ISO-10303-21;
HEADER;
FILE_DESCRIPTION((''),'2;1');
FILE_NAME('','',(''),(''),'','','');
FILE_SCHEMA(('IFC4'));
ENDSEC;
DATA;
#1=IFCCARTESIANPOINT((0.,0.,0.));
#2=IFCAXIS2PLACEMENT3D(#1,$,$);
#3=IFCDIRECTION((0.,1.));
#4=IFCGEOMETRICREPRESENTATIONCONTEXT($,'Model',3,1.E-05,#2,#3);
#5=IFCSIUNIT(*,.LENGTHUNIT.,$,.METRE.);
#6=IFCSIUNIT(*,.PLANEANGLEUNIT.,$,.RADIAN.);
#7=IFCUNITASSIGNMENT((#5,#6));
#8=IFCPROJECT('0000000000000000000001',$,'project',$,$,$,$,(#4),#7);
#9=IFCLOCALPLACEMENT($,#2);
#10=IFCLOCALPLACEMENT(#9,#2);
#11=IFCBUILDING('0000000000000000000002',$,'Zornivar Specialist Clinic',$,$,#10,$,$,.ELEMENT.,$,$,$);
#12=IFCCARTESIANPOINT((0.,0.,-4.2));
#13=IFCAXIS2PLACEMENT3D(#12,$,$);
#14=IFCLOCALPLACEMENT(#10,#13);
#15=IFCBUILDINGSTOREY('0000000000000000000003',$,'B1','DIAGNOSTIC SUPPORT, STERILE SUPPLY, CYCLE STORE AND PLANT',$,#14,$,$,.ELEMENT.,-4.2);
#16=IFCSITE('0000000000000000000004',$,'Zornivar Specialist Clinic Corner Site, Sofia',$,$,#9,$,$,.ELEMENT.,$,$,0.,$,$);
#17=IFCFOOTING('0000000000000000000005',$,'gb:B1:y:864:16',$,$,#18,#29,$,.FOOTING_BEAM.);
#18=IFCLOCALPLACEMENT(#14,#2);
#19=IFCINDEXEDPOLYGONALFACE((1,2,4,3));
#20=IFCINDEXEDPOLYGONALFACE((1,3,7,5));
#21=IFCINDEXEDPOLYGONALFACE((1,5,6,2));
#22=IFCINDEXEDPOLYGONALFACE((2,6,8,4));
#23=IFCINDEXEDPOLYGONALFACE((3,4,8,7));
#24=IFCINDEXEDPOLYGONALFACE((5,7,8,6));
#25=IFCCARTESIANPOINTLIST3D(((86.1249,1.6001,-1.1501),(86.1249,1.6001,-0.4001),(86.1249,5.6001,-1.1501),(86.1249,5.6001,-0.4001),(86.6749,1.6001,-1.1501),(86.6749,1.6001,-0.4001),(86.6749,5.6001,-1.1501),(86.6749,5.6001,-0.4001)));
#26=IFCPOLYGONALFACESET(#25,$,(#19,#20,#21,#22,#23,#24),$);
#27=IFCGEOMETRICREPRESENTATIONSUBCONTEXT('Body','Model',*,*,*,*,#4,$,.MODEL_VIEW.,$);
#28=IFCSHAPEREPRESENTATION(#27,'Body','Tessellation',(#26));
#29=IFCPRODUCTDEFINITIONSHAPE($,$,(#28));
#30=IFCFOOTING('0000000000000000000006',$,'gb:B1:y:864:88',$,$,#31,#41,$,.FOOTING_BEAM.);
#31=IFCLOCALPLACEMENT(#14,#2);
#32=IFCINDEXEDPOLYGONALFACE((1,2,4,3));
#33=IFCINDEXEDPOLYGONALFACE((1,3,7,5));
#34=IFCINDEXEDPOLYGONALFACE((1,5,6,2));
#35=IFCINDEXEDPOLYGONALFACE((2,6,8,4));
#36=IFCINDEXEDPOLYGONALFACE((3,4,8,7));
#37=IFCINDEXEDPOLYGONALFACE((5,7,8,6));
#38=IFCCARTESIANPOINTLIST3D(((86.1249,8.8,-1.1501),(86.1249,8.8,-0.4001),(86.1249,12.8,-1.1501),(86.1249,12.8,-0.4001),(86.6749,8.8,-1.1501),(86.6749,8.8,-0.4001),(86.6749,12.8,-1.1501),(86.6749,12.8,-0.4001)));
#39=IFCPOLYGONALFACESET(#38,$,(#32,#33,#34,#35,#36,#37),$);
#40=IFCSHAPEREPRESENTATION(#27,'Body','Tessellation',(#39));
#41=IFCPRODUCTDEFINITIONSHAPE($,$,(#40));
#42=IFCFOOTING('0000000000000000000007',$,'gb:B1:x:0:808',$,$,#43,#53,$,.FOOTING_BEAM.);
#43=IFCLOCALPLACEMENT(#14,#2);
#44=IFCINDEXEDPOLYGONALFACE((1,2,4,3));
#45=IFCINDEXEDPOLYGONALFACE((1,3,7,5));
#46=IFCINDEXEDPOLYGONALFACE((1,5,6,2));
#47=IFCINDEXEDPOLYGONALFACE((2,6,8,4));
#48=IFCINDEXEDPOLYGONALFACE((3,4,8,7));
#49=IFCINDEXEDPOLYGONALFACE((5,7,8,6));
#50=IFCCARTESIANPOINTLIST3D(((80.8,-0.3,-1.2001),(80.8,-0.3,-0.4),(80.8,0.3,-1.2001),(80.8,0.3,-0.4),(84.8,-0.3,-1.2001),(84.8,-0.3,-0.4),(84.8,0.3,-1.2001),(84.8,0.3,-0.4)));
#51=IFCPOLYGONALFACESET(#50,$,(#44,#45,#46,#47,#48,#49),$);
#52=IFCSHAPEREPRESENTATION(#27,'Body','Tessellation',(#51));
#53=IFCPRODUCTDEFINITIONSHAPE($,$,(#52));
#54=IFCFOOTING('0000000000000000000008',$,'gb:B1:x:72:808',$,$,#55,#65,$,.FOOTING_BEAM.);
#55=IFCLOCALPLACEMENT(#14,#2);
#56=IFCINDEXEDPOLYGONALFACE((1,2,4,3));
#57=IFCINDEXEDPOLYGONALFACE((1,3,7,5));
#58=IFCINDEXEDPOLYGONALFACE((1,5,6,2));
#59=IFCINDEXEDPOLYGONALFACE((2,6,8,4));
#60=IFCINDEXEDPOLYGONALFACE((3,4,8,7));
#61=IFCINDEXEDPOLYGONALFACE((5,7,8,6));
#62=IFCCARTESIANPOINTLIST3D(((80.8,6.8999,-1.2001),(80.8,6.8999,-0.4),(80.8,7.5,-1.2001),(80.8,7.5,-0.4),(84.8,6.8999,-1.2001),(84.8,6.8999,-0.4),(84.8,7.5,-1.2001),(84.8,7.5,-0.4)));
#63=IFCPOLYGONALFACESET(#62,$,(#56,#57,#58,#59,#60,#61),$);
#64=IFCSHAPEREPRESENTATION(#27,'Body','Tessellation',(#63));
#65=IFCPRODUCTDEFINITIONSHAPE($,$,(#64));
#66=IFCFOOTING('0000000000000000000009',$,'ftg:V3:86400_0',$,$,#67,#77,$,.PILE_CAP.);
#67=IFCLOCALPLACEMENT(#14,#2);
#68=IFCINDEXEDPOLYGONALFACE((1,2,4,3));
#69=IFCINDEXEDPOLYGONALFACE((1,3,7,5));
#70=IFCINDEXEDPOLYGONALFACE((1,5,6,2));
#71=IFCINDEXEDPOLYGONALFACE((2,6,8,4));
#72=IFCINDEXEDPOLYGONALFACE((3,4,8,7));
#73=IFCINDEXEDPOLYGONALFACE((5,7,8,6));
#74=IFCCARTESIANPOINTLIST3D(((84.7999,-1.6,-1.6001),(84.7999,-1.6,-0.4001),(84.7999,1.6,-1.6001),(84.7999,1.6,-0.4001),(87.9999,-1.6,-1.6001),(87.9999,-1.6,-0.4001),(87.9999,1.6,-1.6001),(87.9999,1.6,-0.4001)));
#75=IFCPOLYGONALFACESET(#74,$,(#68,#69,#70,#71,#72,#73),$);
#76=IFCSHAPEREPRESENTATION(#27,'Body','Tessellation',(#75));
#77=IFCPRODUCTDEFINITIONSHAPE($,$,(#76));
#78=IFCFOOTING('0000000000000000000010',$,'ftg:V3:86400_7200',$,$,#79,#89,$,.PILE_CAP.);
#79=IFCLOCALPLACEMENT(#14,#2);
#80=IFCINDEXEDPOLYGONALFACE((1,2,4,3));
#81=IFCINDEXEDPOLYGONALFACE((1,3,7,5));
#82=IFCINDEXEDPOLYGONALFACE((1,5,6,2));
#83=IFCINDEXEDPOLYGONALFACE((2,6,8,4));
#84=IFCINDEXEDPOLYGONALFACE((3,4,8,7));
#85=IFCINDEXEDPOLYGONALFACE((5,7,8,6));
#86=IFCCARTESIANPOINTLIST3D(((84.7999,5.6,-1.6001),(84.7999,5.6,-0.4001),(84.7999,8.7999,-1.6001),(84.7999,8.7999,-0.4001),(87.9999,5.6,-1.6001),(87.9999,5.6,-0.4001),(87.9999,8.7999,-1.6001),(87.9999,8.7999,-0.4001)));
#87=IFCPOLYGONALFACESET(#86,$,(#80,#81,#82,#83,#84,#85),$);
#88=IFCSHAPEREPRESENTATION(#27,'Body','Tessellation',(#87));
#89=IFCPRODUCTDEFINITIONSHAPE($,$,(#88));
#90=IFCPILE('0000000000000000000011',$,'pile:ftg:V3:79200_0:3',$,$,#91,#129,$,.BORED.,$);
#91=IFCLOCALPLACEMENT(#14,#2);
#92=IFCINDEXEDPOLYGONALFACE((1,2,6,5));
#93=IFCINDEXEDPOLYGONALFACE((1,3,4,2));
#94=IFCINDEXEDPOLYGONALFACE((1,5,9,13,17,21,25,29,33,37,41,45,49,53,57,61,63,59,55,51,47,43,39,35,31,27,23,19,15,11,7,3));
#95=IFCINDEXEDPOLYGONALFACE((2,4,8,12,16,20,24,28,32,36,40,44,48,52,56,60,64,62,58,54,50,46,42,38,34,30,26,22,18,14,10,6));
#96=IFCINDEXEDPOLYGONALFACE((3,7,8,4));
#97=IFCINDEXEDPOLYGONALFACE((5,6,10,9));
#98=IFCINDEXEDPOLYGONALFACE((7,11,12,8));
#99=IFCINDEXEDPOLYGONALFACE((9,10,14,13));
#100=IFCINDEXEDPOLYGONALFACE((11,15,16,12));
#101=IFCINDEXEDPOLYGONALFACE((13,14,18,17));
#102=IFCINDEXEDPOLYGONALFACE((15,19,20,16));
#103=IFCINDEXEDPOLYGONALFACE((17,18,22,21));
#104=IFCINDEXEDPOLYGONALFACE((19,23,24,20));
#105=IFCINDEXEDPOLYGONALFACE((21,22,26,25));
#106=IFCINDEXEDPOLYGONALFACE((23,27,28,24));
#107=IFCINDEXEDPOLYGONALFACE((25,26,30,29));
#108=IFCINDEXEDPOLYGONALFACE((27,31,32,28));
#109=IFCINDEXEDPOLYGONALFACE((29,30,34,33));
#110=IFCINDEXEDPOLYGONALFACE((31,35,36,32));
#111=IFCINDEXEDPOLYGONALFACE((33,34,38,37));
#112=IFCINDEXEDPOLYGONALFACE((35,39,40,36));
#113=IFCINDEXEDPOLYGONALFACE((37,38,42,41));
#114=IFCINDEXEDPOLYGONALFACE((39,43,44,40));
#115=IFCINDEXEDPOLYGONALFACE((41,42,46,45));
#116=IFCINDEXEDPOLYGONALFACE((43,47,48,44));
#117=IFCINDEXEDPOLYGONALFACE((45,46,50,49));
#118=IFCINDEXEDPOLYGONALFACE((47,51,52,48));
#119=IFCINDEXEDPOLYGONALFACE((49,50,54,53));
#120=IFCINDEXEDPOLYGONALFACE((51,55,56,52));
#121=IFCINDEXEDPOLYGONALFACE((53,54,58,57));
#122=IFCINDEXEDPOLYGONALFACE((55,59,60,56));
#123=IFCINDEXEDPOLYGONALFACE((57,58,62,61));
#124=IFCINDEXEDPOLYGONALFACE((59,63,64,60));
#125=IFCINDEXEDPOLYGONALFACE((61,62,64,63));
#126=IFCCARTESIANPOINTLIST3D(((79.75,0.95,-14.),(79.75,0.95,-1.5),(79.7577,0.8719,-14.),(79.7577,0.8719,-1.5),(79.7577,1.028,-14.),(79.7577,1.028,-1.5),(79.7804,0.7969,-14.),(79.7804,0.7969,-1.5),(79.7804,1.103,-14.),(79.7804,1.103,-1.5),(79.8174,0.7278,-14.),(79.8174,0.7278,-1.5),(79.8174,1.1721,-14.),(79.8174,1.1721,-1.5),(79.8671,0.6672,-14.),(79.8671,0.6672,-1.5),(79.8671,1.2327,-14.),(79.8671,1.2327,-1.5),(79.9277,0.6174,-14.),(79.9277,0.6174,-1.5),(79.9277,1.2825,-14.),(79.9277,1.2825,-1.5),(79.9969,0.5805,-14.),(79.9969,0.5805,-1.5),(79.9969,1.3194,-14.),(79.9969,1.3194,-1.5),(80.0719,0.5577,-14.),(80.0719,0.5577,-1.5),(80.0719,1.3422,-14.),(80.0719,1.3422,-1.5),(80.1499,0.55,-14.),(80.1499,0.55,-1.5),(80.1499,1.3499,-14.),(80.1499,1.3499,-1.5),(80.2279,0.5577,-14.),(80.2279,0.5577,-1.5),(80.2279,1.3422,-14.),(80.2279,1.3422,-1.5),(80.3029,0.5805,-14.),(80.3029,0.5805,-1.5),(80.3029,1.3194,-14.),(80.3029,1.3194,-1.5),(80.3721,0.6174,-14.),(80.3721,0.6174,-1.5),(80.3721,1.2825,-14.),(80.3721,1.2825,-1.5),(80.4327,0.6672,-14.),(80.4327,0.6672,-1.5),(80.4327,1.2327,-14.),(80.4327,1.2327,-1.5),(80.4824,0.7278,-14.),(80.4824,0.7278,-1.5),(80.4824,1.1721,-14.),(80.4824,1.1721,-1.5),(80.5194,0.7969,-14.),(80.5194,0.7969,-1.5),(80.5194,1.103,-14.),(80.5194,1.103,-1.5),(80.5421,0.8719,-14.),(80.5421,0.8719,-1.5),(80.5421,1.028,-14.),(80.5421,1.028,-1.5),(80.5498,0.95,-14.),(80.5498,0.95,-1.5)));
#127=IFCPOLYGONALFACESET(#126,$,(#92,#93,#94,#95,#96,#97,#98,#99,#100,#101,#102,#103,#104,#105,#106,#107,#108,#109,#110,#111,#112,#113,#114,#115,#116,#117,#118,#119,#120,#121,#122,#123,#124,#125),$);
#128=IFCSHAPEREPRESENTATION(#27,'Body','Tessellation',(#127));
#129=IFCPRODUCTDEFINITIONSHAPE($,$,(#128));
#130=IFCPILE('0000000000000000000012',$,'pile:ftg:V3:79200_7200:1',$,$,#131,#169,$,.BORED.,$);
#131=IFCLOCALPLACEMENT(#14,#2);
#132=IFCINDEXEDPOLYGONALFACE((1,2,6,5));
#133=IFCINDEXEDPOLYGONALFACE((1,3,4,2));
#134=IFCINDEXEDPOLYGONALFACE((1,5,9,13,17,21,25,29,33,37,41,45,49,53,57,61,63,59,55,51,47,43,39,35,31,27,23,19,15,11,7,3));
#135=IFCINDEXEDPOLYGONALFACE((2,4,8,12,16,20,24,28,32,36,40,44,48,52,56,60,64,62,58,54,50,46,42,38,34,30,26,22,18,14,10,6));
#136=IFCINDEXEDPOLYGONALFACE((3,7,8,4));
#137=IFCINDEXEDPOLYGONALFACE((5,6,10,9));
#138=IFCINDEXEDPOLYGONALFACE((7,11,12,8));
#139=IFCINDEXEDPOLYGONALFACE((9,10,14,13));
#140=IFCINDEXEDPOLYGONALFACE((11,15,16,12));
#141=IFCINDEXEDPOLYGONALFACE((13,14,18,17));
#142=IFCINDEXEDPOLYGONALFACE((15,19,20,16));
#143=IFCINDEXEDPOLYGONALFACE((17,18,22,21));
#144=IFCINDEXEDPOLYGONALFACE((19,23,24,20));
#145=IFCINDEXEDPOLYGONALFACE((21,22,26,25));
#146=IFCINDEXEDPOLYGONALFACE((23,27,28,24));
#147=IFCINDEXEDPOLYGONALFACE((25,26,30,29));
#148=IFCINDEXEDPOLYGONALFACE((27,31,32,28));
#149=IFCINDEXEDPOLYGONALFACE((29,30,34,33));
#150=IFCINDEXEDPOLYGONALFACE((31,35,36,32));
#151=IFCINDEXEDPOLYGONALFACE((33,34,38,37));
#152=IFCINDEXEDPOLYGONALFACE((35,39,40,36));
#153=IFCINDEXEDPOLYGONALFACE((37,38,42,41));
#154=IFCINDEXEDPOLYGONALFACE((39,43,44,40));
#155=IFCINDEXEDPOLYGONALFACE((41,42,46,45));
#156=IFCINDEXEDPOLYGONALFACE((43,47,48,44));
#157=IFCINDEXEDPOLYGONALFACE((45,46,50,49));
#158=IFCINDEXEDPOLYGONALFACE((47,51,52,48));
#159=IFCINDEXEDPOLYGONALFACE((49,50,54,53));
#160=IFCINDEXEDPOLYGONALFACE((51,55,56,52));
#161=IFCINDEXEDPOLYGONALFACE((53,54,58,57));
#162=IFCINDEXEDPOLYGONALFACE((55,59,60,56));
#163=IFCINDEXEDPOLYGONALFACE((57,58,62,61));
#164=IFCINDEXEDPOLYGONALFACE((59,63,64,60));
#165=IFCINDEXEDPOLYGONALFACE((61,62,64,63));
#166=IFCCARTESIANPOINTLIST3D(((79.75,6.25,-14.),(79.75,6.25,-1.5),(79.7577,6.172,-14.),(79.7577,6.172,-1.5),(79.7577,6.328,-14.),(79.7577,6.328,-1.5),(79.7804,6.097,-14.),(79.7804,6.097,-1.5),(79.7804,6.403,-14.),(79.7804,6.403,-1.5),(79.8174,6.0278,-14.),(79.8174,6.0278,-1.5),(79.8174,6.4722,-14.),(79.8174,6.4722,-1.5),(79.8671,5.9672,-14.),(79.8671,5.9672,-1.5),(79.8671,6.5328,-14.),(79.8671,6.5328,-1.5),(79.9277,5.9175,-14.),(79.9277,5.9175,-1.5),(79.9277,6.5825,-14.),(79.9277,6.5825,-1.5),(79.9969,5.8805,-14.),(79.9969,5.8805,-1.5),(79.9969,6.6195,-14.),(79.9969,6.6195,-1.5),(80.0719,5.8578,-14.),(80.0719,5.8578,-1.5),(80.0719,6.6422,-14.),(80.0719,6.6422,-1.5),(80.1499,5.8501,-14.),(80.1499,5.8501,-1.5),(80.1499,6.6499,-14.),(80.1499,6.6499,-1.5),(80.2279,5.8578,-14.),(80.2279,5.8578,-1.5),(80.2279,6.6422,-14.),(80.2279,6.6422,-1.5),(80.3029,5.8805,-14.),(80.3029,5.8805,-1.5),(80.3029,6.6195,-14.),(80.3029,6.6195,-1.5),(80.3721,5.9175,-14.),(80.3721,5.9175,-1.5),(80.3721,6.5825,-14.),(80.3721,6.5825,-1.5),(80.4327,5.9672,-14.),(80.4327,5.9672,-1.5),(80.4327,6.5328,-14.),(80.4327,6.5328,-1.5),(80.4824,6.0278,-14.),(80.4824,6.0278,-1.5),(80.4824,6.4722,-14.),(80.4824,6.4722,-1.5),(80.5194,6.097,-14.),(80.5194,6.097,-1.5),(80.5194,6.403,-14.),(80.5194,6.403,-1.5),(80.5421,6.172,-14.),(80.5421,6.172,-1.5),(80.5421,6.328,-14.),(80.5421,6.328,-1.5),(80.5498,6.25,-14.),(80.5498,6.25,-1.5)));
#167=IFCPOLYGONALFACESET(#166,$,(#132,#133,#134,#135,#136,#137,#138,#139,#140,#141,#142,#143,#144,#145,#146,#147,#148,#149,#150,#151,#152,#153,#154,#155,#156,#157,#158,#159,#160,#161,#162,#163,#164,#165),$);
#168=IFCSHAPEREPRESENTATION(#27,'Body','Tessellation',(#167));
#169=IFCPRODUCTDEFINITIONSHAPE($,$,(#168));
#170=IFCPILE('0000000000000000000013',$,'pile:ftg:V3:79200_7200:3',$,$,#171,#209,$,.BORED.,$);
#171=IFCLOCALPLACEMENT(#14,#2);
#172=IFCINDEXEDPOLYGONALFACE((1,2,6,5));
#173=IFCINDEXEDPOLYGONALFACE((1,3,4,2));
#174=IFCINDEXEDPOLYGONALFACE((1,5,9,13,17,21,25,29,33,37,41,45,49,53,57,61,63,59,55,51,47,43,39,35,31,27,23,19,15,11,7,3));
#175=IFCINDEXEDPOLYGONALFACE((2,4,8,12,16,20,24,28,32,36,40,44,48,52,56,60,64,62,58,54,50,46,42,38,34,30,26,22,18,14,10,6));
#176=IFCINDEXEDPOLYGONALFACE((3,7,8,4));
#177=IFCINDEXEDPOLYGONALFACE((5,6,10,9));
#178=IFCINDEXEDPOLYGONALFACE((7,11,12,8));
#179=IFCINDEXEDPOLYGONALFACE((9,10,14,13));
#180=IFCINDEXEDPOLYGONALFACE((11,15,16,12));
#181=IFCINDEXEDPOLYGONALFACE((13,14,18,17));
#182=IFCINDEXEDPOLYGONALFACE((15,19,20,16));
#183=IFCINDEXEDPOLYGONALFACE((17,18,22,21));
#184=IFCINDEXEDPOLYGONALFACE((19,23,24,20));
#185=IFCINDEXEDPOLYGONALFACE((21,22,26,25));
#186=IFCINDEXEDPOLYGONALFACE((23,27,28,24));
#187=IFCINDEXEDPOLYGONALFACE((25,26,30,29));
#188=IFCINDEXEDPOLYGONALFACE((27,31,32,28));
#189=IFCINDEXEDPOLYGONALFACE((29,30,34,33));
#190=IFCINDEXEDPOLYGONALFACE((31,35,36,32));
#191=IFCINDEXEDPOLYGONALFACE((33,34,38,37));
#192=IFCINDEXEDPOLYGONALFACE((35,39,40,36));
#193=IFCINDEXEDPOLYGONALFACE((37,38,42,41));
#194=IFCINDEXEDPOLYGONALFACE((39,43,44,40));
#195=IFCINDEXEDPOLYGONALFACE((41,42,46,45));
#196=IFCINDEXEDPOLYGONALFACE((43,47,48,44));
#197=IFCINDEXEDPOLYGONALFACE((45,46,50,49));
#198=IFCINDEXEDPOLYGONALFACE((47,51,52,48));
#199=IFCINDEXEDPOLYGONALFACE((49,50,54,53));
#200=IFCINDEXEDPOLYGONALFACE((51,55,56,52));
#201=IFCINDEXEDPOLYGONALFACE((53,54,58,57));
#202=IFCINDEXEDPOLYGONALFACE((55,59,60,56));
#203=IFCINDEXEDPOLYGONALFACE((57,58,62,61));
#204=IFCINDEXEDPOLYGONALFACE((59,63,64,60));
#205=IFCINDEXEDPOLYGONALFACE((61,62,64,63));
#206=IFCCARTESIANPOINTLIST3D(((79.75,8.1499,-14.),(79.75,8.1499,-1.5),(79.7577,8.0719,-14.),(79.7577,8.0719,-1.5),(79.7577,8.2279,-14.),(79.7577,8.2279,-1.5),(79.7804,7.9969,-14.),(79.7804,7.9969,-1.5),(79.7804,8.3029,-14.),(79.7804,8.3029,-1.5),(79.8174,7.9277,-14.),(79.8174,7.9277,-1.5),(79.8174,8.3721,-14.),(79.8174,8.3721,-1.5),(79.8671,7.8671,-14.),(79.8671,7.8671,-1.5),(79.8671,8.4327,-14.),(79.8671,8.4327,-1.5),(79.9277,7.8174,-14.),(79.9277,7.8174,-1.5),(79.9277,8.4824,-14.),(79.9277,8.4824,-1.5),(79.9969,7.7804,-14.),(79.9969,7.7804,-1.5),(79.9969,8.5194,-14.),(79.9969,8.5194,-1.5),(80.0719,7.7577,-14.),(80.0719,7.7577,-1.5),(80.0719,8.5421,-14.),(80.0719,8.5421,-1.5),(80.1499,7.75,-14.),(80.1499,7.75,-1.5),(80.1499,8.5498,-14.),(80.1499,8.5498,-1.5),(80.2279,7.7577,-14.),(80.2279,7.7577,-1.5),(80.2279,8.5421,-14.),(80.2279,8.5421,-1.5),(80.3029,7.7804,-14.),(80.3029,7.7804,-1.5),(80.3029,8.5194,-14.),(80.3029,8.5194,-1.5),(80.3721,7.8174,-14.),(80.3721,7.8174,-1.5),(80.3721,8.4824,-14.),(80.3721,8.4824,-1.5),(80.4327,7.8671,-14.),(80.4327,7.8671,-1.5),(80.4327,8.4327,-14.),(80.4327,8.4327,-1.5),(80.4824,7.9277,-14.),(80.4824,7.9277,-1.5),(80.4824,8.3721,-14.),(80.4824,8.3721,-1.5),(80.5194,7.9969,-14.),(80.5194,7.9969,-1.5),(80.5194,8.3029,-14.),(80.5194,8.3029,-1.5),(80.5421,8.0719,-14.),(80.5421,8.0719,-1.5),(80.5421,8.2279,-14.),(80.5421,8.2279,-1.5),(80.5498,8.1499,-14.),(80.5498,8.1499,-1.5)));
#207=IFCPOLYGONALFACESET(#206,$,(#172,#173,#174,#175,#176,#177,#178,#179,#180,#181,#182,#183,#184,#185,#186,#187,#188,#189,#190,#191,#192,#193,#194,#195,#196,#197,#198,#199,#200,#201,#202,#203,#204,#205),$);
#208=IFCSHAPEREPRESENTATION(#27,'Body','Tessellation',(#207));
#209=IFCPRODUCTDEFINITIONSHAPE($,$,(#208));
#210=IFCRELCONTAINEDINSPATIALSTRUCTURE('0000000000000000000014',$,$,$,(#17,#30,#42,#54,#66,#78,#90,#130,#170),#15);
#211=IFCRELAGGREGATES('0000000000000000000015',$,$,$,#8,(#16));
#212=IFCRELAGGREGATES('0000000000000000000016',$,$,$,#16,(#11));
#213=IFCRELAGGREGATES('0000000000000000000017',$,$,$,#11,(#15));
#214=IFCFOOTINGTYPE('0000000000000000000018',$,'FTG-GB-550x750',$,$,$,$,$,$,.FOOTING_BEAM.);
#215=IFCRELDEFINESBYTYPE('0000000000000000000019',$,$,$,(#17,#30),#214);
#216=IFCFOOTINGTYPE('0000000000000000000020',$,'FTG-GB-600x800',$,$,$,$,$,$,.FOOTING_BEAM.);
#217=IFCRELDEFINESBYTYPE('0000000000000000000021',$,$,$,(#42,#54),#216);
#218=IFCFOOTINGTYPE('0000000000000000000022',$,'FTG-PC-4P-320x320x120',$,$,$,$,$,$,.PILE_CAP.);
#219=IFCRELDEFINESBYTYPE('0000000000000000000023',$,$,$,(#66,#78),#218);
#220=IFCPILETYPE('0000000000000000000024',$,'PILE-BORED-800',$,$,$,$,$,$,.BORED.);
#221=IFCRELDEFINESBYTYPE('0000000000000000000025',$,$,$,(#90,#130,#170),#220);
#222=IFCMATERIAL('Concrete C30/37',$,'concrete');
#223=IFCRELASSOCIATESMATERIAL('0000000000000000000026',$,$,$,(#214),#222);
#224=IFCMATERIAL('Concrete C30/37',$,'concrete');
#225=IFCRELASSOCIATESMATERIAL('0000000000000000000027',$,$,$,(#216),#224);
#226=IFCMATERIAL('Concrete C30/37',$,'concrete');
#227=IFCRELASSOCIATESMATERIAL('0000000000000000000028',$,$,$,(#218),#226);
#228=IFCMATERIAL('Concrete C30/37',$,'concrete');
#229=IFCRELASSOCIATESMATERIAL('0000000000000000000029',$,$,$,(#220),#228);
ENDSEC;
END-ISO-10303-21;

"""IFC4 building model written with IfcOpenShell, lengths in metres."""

from ifc_helpers import new_model, si_unit, direction, frame, origin, origin_2d, place, context, subcontext, project, spatial, rectangle, circle, extrude, material, material_profile, profile_set, type_object, element, save


model = new_model("IFC4")

# Units and contexts
model_context = context("Model", 3, precision=1e-05, world=origin(), true_north=direction((0.0, 1.0)))
body_context = subcontext(model_context, "Body", "Model", "MODEL_VIEW")
ifc_project = project(units=[si_unit("LENGTHUNIT", "METRE"), si_unit("PLANEANGLEUNIT", "RADIAN")], contexts=[model_context])

# Site, building, storey
site_placement = place(None, origin())
site = spatial("IfcSite", under=ifc_project, at=site_placement, Name="Zornivar Specialist Clinic Corner Site, Sofia", CompositionType="ELEMENT", RefElevation=0.0)
building_placement = place(site_placement, origin())
building = spatial("IfcBuilding", under=site, at=building_placement, Name="Zornivar Specialist Clinic", CompositionType="ELEMENT")
storey_placement = place(building_placement, frame((0.0, 0.0, -4.2)))
storey = spatial("IfcBuildingStorey", under=building, at=storey_placement, Name="B1", Description="DIAGNOSTIC SUPPORT, STERILE SUPPLY, CYCLE STORE AND PLANT", CompositionType="ELEMENT", Elevation=-4.2)

# Footings
ifc_material_1 = material(Name="Concrete C30/37", Category="concrete")
ifc_material_profile_1 = material_profile(ifc_material_1, rectangle(XDim=0.55, YDim=0.75, at=origin_2d()), Name="RC 550x750")
ifc_profile_set_1 = profile_set([ifc_material_profile_1], Name="Concrete C30/37")
footing_type_1 = type_object("IfcFootingType", Name="FTG-GB-550x750", PredefinedType="FOOTING_BEAM", material=ifc_profile_set_1)
for number, where, z_axis, x_axis, name in (
    (1, (86.3999, 1.6001, -0.7751), (0.0, 1.0, 0.0), (-1.0, 0.0, 0.0), "gb:B1:y:864:16"),
    (2, (86.3999, 8.8, -0.7751), (0.0, 1.0, 0.0), (-1.0, 0.0, 0.0), "gb:B1:y:864:88"),
):
    element("IfcFooting", number, at=place(storey_placement, frame(where, z_axis=z_axis, x_axis=x_axis)), inside=storey, type_object=footing_type_1, Name=name, PredefinedType="FOOTING_BEAM", context=body_context, shape_type="SweptSolid", body=[
        extrude(rectangle(XDim=0.55, YDim=0.75, at=origin_2d()), origin(), (0.0, 0.0, 1.0), 4.0),
    ])
ifc_material_2 = material(Name="Concrete C30/37", Category="concrete")
ifc_material_profile_2 = material_profile(ifc_material_2, rectangle(XDim=0.6001, YDim=0.8, at=origin_2d()), Name="RC 600x800")
ifc_profile_set_2 = profile_set([ifc_material_profile_2], Name="Concrete C30/37")
footing_type_2 = type_object("IfcFootingType", Name="FTG-GB-600x800", PredefinedType="FOOTING_BEAM", material=ifc_profile_set_2)
for number, where, z_axis, x_axis, name in (
    (3, (80.8, 0.0, -0.8), (1.0, 0.0, 0.0), (0.0, 1.0, 0.0), "gb:B1:x:0:808"),
    (4, (80.8, 7.2, -0.8), (1.0, 0.0, 0.0), (0.0, 1.0, 0.0), "gb:B1:x:72:808"),
):
    element("IfcFooting", number, at=place(storey_placement, frame(where, z_axis=z_axis, x_axis=x_axis)), inside=storey, type_object=footing_type_2, Name=name, PredefinedType="FOOTING_BEAM", context=body_context, shape_type="SweptSolid", body=[
        extrude(rectangle(XDim=0.6001, YDim=0.8, at=origin_2d()), origin(), (0.0, 0.0, 1.0), 4.0),
    ])
ifc_material_3 = material(Name="Concrete C30/37", Category="concrete")
footing_type_3 = type_object("IfcFootingType", Name="FTG-PC-4P-320x320x120", PredefinedType="PILE_CAP", material=ifc_material_3)
for number, where, z_axis, x_axis, name in (
    (5, (86.3999, 0.0, -1.6001), (0.0, 0.0, 1.0), (1.0, 0.0, 0.0), "ftg:V3:86400_0"),
    (6, (86.3999, 7.2, -1.6001), (0.0, 0.0, 1.0), (1.0, 0.0, 0.0), "ftg:V3:86400_7200"),
):
    element("IfcFooting", number, at=place(storey_placement, frame(where, z_axis=z_axis, x_axis=x_axis)), inside=storey, type_object=footing_type_3, Name=name, PredefinedType="PILE_CAP", context=body_context, shape_type="SweptSolid", body=[
        extrude(rectangle(XDim=3.2, YDim=3.2, at=origin_2d()), origin(), (0.0, 0.0, 1.0), 1.2),
    ])

# Piles
ifc_material_4 = material(Name="Concrete C30/37", Category="concrete")
ifc_material_profile_3 = material_profile(ifc_material_4, circle(Radius=0.3999, at=origin_2d()), Name="PILE D800")
ifc_profile_set_3 = profile_set([ifc_material_profile_3], Name="Concrete C30/37")
pile_type = type_object("IfcPileType", Name="PILE-BORED-800", PredefinedType="BORED", material=ifc_profile_set_3)
for number, where, z_axis, x_axis, name in (
    (7, (80.1499, 0.95, -1.5), (0.0, 0.0, -1.0), (1.0, 0.0, 0.0), "pile:ftg:V3:79200_0:3"),
    (8, (80.1499, 6.25, -1.5), (0.0, 0.0, -1.0), (1.0, 0.0, 0.0), "pile:ftg:V3:79200_7200:1"),
    (9, (80.1499, 8.1499, -1.5), (0.0, 0.0, -1.0), (1.0, 0.0, 0.0), "pile:ftg:V3:79200_7200:3"),
):
    element("IfcPile", number, at=place(storey_placement, frame(where, z_axis=z_axis, x_axis=x_axis)), inside=storey, type_object=pile_type, Name=name, PredefinedType="BORED", context=body_context, shape_type="SweptSolid", body=[
        extrude(circle(Radius=0.3999, at=origin_2d()), origin(), (0.0, 0.0, 1.0), 12.5),
    ])

save(model, "model.ifc")
